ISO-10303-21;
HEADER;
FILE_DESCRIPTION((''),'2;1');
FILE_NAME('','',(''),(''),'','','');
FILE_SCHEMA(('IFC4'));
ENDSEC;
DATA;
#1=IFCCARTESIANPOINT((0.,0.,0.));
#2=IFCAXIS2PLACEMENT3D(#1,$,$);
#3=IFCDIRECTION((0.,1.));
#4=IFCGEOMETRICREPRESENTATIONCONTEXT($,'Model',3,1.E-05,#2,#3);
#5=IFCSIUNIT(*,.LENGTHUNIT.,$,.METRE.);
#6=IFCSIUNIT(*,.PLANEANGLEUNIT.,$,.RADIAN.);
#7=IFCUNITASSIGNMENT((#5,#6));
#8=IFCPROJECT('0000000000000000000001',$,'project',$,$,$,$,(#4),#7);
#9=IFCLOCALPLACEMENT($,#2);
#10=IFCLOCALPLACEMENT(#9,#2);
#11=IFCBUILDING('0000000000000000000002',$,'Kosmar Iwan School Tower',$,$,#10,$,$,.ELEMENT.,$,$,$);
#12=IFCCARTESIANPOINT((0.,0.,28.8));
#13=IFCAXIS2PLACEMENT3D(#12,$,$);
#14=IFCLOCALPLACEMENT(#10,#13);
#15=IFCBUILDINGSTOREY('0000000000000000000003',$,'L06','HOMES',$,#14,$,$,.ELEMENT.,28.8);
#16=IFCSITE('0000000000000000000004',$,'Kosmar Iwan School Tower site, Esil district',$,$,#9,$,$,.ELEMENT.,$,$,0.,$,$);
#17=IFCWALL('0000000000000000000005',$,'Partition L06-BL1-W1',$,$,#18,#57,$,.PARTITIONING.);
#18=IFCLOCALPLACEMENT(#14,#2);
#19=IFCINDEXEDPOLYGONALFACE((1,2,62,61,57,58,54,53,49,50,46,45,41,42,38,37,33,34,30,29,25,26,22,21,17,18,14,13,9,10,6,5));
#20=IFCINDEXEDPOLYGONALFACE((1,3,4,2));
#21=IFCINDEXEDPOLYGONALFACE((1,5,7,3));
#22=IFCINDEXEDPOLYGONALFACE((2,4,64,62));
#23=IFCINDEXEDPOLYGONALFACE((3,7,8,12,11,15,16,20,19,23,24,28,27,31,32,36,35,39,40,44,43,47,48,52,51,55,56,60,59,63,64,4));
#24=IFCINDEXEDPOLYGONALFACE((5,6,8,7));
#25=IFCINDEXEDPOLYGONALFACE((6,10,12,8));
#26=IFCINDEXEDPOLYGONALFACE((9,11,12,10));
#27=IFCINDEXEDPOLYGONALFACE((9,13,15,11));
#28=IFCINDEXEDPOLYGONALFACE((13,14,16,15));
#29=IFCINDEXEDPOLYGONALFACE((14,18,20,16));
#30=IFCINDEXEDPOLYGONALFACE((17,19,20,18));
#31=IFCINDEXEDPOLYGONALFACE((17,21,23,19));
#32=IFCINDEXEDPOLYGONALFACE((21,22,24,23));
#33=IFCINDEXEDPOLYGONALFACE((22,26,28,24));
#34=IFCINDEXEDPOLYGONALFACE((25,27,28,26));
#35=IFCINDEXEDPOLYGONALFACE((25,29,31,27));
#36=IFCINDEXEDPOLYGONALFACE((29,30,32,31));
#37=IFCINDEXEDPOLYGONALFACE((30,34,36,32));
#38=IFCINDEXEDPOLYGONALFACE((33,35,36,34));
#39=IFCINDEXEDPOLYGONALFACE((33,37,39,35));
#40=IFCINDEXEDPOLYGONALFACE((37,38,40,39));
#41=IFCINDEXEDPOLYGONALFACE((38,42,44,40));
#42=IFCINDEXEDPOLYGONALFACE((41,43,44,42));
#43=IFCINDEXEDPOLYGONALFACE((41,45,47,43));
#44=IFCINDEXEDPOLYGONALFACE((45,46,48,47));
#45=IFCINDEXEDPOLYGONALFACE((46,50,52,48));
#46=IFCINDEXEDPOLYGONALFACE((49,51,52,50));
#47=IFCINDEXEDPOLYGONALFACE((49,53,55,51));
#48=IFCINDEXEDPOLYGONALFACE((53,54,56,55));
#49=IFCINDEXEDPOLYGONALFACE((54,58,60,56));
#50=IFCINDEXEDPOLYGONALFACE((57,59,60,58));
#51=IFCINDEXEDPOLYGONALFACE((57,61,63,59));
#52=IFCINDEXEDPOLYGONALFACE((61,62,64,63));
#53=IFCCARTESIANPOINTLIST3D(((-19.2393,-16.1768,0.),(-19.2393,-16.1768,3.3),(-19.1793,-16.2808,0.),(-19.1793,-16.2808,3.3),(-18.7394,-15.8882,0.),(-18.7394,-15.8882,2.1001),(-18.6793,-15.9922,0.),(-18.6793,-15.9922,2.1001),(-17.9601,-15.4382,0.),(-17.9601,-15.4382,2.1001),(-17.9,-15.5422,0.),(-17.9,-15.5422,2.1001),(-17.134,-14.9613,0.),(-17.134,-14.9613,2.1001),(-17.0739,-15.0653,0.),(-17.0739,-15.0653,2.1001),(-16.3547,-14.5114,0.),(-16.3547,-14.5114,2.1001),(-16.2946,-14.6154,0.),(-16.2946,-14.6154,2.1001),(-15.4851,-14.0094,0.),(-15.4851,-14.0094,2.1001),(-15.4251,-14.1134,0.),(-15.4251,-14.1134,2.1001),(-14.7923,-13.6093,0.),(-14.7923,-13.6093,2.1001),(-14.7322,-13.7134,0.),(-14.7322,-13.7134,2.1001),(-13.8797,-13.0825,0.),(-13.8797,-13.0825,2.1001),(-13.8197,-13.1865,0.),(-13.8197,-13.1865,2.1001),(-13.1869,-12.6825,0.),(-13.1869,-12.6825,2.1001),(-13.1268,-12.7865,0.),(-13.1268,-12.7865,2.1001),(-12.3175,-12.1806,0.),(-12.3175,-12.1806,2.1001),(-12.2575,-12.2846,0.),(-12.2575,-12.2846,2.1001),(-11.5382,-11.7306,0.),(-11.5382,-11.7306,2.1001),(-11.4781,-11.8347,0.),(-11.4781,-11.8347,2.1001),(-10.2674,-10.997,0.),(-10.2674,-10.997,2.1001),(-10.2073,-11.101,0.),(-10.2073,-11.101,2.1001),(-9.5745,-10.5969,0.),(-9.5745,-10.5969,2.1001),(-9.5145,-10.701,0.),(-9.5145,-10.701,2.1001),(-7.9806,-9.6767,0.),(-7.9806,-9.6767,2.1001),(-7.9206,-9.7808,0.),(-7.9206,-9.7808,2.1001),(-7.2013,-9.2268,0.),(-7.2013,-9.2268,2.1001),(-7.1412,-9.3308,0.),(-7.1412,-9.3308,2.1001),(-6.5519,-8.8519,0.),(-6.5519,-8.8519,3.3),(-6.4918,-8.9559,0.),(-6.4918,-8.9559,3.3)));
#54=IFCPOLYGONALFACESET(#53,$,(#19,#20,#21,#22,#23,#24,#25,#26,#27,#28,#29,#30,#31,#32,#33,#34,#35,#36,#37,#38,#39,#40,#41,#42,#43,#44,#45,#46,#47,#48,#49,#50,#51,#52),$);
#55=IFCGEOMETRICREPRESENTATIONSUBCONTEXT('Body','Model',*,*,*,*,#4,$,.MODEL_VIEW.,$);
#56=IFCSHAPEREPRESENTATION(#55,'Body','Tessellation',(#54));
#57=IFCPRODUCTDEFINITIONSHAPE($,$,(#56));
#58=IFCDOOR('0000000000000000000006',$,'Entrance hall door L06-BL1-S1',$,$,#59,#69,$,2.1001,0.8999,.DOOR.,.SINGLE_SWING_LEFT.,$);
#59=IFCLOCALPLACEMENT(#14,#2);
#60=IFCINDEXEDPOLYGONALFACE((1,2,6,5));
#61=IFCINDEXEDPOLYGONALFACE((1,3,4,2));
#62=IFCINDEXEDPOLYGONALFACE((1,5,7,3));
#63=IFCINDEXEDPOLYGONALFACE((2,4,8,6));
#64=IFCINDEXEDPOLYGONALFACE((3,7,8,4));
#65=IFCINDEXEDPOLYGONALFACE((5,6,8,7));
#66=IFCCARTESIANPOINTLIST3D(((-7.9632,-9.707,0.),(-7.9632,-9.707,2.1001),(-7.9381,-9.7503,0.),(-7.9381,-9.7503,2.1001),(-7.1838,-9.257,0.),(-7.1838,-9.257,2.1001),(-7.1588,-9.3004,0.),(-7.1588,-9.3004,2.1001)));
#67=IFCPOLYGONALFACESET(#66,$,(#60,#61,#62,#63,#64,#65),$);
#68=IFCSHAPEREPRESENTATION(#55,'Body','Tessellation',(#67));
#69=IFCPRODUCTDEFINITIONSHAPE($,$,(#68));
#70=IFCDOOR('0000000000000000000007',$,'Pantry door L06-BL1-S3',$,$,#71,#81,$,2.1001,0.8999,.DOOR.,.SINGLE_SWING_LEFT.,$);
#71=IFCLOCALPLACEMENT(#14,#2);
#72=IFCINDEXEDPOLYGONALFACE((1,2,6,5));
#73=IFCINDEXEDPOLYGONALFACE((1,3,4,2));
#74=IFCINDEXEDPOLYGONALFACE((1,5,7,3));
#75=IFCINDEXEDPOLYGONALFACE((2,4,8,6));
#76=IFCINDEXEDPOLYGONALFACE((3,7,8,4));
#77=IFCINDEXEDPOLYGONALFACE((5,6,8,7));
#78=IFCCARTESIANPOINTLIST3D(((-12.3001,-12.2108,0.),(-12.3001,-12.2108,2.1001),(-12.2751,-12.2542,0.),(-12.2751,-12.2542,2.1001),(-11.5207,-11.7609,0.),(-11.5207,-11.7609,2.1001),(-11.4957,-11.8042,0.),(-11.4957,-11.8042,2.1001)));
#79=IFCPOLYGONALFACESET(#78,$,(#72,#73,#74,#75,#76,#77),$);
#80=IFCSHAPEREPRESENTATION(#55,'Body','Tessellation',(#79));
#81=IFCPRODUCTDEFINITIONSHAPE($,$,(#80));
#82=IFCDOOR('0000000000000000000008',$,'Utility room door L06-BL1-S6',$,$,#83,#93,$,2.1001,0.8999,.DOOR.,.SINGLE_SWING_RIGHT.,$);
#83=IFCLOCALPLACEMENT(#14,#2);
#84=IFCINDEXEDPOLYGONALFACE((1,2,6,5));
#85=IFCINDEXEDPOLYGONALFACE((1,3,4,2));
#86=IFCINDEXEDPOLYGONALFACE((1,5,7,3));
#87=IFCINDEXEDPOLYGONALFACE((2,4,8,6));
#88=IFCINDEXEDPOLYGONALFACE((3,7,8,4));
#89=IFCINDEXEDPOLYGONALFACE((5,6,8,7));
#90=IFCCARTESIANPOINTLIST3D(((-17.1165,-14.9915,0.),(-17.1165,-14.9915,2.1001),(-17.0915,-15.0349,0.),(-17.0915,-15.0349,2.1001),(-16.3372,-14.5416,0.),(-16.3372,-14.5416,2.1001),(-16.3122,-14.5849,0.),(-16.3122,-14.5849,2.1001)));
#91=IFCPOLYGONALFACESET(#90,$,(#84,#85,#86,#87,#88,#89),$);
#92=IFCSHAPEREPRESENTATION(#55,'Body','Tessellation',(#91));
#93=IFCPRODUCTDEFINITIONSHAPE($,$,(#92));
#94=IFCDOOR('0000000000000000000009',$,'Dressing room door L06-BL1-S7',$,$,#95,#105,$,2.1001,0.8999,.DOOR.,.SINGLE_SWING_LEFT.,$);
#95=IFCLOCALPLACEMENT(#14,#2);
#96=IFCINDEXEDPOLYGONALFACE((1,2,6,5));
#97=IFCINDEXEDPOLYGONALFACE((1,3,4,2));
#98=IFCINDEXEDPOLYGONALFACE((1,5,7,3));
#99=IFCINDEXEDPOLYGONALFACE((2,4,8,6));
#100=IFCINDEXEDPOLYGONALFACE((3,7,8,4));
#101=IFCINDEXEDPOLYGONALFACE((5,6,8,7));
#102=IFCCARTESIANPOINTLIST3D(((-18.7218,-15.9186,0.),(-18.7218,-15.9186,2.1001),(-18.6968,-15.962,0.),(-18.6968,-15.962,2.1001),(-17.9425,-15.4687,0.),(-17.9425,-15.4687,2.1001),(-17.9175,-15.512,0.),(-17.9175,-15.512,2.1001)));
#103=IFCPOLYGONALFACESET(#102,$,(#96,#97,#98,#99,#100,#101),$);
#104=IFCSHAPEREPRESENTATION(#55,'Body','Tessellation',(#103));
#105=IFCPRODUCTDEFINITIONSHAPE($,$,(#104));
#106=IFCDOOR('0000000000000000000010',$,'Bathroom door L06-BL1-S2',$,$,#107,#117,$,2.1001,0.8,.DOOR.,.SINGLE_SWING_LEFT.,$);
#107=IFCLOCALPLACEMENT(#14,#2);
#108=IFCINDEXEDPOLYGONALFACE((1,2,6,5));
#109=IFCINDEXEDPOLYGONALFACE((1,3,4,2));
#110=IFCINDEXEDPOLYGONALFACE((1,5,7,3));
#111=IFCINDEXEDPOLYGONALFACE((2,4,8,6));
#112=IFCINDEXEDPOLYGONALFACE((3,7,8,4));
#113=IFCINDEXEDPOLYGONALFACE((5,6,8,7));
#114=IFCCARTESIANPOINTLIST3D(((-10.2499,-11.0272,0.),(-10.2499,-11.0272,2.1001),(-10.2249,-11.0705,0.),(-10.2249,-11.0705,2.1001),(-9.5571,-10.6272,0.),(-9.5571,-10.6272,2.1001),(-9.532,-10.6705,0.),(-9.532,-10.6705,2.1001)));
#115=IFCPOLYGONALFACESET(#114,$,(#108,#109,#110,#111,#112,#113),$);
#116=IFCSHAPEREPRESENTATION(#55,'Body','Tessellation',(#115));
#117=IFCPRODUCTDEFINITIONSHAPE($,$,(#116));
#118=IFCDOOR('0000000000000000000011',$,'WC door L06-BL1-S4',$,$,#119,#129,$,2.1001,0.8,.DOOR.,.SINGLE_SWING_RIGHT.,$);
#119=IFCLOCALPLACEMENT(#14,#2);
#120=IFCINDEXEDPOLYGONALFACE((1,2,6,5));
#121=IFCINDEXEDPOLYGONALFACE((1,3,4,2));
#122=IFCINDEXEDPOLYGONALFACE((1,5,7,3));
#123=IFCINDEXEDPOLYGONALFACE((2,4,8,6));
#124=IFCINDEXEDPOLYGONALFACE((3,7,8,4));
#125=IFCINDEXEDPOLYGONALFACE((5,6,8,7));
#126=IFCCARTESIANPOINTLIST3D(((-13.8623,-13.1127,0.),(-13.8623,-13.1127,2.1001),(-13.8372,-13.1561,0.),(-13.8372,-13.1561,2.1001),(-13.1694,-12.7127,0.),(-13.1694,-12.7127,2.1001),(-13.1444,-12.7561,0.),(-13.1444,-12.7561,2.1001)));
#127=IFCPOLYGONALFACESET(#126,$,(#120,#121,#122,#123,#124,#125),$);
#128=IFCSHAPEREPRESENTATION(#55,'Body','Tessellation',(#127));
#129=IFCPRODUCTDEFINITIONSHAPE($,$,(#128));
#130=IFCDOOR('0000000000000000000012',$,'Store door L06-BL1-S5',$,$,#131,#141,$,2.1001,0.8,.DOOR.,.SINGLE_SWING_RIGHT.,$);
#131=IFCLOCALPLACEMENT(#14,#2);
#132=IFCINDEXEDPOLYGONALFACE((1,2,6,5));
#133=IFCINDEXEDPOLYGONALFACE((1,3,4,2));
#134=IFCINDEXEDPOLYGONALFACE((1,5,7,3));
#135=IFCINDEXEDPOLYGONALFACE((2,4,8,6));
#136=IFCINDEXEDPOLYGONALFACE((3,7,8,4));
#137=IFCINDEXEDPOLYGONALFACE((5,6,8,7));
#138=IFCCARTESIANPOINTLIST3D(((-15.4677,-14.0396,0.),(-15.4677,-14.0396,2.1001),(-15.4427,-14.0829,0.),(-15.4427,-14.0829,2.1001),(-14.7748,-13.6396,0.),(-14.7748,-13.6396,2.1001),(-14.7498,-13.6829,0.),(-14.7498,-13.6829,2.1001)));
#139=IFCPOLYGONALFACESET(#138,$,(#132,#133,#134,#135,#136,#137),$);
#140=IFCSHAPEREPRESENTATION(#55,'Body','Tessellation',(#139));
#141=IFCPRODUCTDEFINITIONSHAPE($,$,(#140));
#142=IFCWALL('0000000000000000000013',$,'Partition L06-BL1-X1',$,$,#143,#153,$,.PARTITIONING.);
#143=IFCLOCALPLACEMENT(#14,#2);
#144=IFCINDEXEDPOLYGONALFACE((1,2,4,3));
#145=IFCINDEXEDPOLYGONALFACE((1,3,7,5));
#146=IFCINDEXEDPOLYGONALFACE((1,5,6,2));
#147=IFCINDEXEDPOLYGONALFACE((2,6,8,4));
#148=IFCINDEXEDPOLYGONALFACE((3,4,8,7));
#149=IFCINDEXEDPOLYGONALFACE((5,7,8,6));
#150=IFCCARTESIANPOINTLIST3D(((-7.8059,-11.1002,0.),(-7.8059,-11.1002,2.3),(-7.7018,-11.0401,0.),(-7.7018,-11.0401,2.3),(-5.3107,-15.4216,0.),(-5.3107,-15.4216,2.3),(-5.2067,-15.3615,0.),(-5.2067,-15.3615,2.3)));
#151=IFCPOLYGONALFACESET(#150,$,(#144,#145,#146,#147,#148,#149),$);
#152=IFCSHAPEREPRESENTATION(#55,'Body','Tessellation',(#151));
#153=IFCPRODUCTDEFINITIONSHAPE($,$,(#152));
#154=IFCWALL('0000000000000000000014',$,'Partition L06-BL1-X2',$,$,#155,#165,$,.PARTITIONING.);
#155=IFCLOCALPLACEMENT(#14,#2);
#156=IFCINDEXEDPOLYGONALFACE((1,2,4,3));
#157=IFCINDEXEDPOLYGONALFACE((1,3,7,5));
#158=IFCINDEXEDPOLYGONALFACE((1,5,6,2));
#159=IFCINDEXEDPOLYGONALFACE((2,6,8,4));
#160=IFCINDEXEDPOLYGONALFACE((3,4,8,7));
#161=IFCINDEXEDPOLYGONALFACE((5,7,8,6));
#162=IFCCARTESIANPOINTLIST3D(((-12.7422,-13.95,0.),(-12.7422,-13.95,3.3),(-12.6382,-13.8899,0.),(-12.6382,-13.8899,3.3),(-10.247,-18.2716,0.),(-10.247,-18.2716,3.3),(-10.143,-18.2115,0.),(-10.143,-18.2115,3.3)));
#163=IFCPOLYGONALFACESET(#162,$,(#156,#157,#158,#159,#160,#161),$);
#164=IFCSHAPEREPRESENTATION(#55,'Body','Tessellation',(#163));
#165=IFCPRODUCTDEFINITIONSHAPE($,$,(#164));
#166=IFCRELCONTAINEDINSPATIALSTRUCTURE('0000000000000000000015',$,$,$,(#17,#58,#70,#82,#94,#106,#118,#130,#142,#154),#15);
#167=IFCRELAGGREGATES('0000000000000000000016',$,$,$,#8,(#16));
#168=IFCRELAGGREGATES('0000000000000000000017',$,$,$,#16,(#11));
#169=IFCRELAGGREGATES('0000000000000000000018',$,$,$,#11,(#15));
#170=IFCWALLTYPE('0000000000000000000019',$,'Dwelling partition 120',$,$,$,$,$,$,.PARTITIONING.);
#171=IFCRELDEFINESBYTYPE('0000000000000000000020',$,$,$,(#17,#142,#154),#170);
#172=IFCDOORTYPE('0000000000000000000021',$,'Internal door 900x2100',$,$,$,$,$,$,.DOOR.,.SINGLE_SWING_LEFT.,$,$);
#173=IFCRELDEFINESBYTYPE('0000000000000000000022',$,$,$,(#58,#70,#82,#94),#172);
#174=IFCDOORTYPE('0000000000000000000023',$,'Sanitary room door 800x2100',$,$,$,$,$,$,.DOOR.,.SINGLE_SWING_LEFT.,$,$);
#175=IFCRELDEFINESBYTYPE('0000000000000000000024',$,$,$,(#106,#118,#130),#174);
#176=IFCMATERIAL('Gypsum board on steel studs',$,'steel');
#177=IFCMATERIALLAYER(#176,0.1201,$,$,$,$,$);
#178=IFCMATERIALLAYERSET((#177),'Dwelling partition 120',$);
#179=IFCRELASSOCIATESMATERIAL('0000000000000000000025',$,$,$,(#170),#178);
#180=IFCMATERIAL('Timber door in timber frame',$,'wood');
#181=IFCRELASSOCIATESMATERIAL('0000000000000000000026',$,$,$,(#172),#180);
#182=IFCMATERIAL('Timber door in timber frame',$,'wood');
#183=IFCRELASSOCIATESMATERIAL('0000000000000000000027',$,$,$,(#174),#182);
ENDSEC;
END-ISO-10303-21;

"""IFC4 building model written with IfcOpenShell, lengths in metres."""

from ifc_helpers import new_model, si_unit, direction, frame, frame_2d, origin, place, context, subcontext, project, spatial, rectangle, extrude, material, layer, layer_set, type_object, element, fill, save


model = new_model("IFC4")

# Units and contexts
model_context = context("Model", 3, precision=1e-05, world=origin(), true_north=direction((0.0, 1.0)))
body_context = subcontext(model_context, "Body", "Model", "MODEL_VIEW")
ifc_project = project(units=[si_unit("LENGTHUNIT", "METRE"), si_unit("PLANEANGLEUNIT", "RADIAN")], contexts=[model_context])

# Site, building, storey
site_placement = place(None, origin())
site = spatial("IfcSite", under=ifc_project, at=site_placement, Name="Kosmar Iwan School Tower site, Esil district", CompositionType="ELEMENT", RefElevation=0.0)
building_placement = place(site_placement, origin())
building = spatial("IfcBuilding", under=site, at=building_placement, Name="Kosmar Iwan School Tower", CompositionType="ELEMENT")
storey_placement = place(building_placement, frame((0.0, 0.0, 28.8)))
storey = spatial("IfcBuildingStorey", under=building, at=storey_placement, Name="L06", Description="HOMES", CompositionType="ELEMENT", Elevation=28.8)

# Wall, openings, doors
ifc_material_1 = material(Name="Gypsum board on steel studs", Category="steel")
ifc_layer_1 = layer(ifc_material_1, 0.1201)
ifc_layer_set_1 = layer_set([ifc_layer_1], Name="Dwelling partition 120")
wall_type_1 = type_object("IfcWallType", Name="Dwelling partition 120", PredefinedType="PARTITIONING", material=ifc_layer_set_1)
wall_1_placement = place(storey_placement, frame((-6.5217, -8.9038, 0.0), z_axis=(0.0, 0.0, 1.0), x_axis=(-0.866031, -0.499991, 0.0)))
wall_1 = element("IfcWall", 1, at=wall_1_placement, inside=storey, type_object=wall_type_1, Name="Partition L06-BL1-W1", PredefinedType="PARTITIONING", context=body_context, shape_type="SweptSolid", body=[
    extrude(rectangle(XDim=14.6501, YDim=0.1201, at=frame_2d((7.3252, 0.0))), origin(), (0.0, 0.0, 1.0), 3.3),
])
opening_1_placement = place(wall_1_placement, frame((0.75, 0.0, 0.0)))
opening_1 = element("IfcOpeningElement", 2, at=opening_1_placement, cuts=wall_1, PredefinedType="OPENING", context=body_context, shape_type="SweptSolid", body=[
    extrude(rectangle(XDim=0.8999, YDim=2.1001, at=frame_2d((0.45, 1.05))), frame((0.0, 0.072, 0.0), z_axis=(0.0, -1.0, 0.0), x_axis=(1.0, 0.0, 0.0)), (0.0, 0.0, 1.0), 0.144),
])
opening_2_placement = place(wall_1_placement, frame((3.4905, 0.0, 0.0)))
opening_2 = element("IfcOpeningElement", 3, at=opening_2_placement, cuts=wall_1, PredefinedType="OPENING", context=body_context, shape_type="SweptSolid", body=[
    extrude(rectangle(XDim=0.8, YDim=2.1001, at=frame_2d((0.3999, 1.05))), frame((0.0, 0.072, 0.0), z_axis=(0.0, -1.0, 0.0), x_axis=(1.0, 0.0, 0.0)), (0.0, 0.0, 1.0), 0.144),
])
opening_3_placement = place(wall_1_placement, frame((5.7578, 0.0, 0.0)))
opening_3 = element("IfcOpeningElement", 4, at=opening_3_placement, cuts=wall_1, PredefinedType="OPENING", context=body_context, shape_type="SweptSolid", body=[
    extrude(rectangle(XDim=0.8999, YDim=2.1001, at=frame_2d((0.45, 1.05))), frame((0.0, 0.072, 0.0), z_axis=(0.0, -1.0, 0.0), x_axis=(1.0, 0.0, 0.0)), (0.0, 0.0, 1.0), 0.144),
])
opening_4_placement = place(wall_1_placement, frame((7.6616, 0.0, 0.0)))
opening_4 = element("IfcOpeningElement", 5, at=opening_4_placement, cuts=wall_1, PredefinedType="OPENING", context=body_context, shape_type="SweptSolid", body=[
    extrude(rectangle(XDim=0.8, YDim=2.1001, at=frame_2d((0.3999, 1.05))), frame((0.0, 0.072, 0.0), z_axis=(0.0, -1.0, 0.0), x_axis=(1.0, 0.0, 0.0)), (0.0, 0.0, 1.0), 0.144),
])
opening_5_placement = place(wall_1_placement, frame((9.5154, 0.0, 0.0)))
opening_5 = element("IfcOpeningElement", 6, at=opening_5_placement, cuts=wall_1, PredefinedType="OPENING", context=body_context, shape_type="SweptSolid", body=[
    extrude(rectangle(XDim=0.8, YDim=2.1001, at=frame_2d((0.3999, 1.05))), frame((0.0, 0.072, 0.0), z_axis=(0.0, -1.0, 0.0), x_axis=(1.0, 0.0, 0.0)), (0.0, 0.0, 1.0), 0.144),
])
opening_6_placement = place(wall_1_placement, frame((11.3193, 0.0, 0.0)))
opening_6 = element("IfcOpeningElement", 7, at=opening_6_placement, cuts=wall_1, PredefinedType="OPENING", context=body_context, shape_type="SweptSolid", body=[
    extrude(rectangle(XDim=0.8999, YDim=2.1001, at=frame_2d((0.45, 1.05))), frame((0.0, 0.072, 0.0), z_axis=(0.0, -1.0, 0.0), x_axis=(1.0, 0.0, 0.0)), (0.0, 0.0, 1.0), 0.144),
])
opening_7_placement = place(wall_1_placement, frame((13.1731, 0.0, 0.0)))
opening_7 = element("IfcOpeningElement", 8, at=opening_7_placement, cuts=wall_1, PredefinedType="OPENING", context=body_context, shape_type="SweptSolid", body=[
    extrude(rectangle(XDim=0.8999, YDim=2.1001, at=frame_2d((0.45, 1.05))), frame((0.0, 0.072, 0.0), z_axis=(0.0, -1.0, 0.0), x_axis=(1.0, 0.0, 0.0)), (0.0, 0.0, 1.0), 0.144),
])
ifc_material_2 = material(Name="Timber door in timber frame", Category="wood")
door_type_1 = type_object("IfcDoorType", Name="Internal door 900x2100", OperationType="SINGLE_SWING_LEFT", PredefinedType="DOOR", material=ifc_material_2)
door_1_placement = place(opening_1_placement, origin())
door_1 = element("IfcDoor", 9, at=door_1_placement, inside=storey, type_object=door_type_1, Name="Entrance hall door L06-BL1-S1", OperationType="SINGLE_SWING_LEFT", OverallHeight=2.1001, OverallWidth=0.8999, PredefinedType="DOOR", context=body_context, shape_type="SweptSolid", body=[
    extrude(rectangle(XDim=0.8999, YDim=2.1001, at=frame_2d((0.45, 1.05))), frame((0.0, 0.0249, 0.0), z_axis=(0.0, -1.0, 0.0), x_axis=(1.0, 0.0, 0.0)), (0.0, 0.0, 1.0), 0.05),
])
fill(opening_1, door_1)
door_2_placement = place(opening_3_placement, origin())
door_2 = element("IfcDoor", 10, at=door_2_placement, inside=storey, type_object=door_type_1, Name="Pantry door L06-BL1-S3", OperationType="SINGLE_SWING_LEFT", OverallHeight=2.1001, OverallWidth=0.8999, PredefinedType="DOOR", context=body_context, shape_type="SweptSolid", body=[
    extrude(rectangle(XDim=0.8999, YDim=2.1001, at=frame_2d((0.45, 1.05))), frame((0.0, 0.0249, 0.0), z_axis=(0.0, -1.0, 0.0), x_axis=(1.0, 0.0, 0.0)), (0.0, 0.0, 1.0), 0.05),
])
fill(opening_3, door_2)
door_3_placement = place(opening_6_placement, origin())
door_3 = element("IfcDoor", 11, at=door_3_placement, inside=storey, type_object=door_type_1, Name="Utility room door L06-BL1-S6", OperationType="SINGLE_SWING_RIGHT", OverallHeight=2.1001, OverallWidth=0.8999, PredefinedType="DOOR", context=body_context, shape_type="SweptSolid", body=[
    extrude(rectangle(XDim=0.8999, YDim=2.1001, at=frame_2d((0.45, 1.05))), frame((0.0, 0.0249, 0.0), z_axis=(0.0, -1.0, 0.0), x_axis=(1.0, 0.0, 0.0)), (0.0, 0.0, 1.0), 0.05),
])
fill(opening_6, door_3)
door_4_placement = place(opening_7_placement, frame((0.8999, 0.0, 0.0), z_axis=(0.0, 0.0, 1.0), x_axis=(-1.0, 0.0, 0.0)))
door_4 = element("IfcDoor", 12, at=door_4_placement, inside=storey, type_object=door_type_1, Name="Dressing room door L06-BL1-S7", OperationType="SINGLE_SWING_LEFT", OverallHeight=2.1001, OverallWidth=0.8999, PredefinedType="DOOR", context=body_context, shape_type="SweptSolid", body=[
    extrude(rectangle(XDim=0.8999, YDim=2.1001, at=frame_2d((0.45, 1.05))), frame((0.0, 0.0249, 0.0), z_axis=(0.0, -1.0, 0.0), x_axis=(1.0, 0.0, 0.0)), (0.0, 0.0, 1.0), 0.05),
])
fill(opening_7, door_4)
ifc_material_3 = material(Name="Timber door in timber frame", Category="wood")
door_type_2 = type_object("IfcDoorType", Name="Sanitary room door 800x2100", OperationType="SINGLE_SWING_LEFT", PredefinedType="DOOR", material=ifc_material_3)
door_5_placement = place(opening_2_placement, origin())
door_5 = element("IfcDoor", 13, at=door_5_placement, inside=storey, type_object=door_type_2, Name="Bathroom door L06-BL1-S2", OperationType="SINGLE_SWING_LEFT", OverallHeight=2.1001, OverallWidth=0.8, PredefinedType="DOOR", context=body_context, shape_type="SweptSolid", body=[
    extrude(rectangle(XDim=0.8, YDim=2.1001, at=frame_2d((0.3999, 1.05))), frame((0.0, 0.0249, 0.0), z_axis=(0.0, -1.0, 0.0), x_axis=(1.0, 0.0, 0.0)), (0.0, 0.0, 1.0), 0.05),
])
fill(opening_2, door_5)
door_6_placement = place(opening_4_placement, origin())
door_6 = element("IfcDoor", 14, at=door_6_placement, inside=storey, type_object=door_type_2, Name="WC door L06-BL1-S4", OperationType="SINGLE_SWING_RIGHT", OverallHeight=2.1001, OverallWidth=0.8, PredefinedType="DOOR", context=body_context, shape_type="SweptSolid", body=[
    extrude(rectangle(XDim=0.8, YDim=2.1001, at=frame_2d((0.3999, 1.05))), frame((0.0, 0.0249, 0.0), z_axis=(0.0, -1.0, 0.0), x_axis=(1.0, 0.0, 0.0)), (0.0, 0.0, 1.0), 0.05),
])
fill(opening_4, door_6)
door_7_placement = place(opening_5_placement, origin())
door_7 = element("IfcDoor", 15, at=door_7_placement, inside=storey, type_object=door_type_2, Name="Store door L06-BL1-S5", OperationType="SINGLE_SWING_RIGHT", OverallHeight=2.1001, OverallWidth=0.8, PredefinedType="DOOR", context=body_context, shape_type="SweptSolid", body=[
    extrude(rectangle(XDim=0.8, YDim=2.1001, at=frame_2d((0.3999, 1.05))), frame((0.0, 0.0249, 0.0), z_axis=(0.0, -1.0, 0.0), x_axis=(1.0, 0.0, 0.0)), (0.0, 0.0, 1.0), 0.05),
])
fill(opening_5, door_7)

# Walls
wall_2_placement = place(storey_placement, frame((-7.7539, -11.0701, 0.0), z_axis=(0.0, 0.0, 1.0), x_axis=(0.500033, -0.866006, 0.0)))
element("IfcWall", 16, at=wall_2_placement, inside=storey, type_object=wall_type_1, Name="Partition L06-BL1-X1", PredefinedType="PARTITIONING", context=body_context, shape_type="SweptSolid", body=[
    extrude(rectangle(XDim=4.99, YDim=0.1201, at=frame_2d((2.4951, 0.0))), origin(), (0.0, 0.0, 1.0), 2.3),
])
wall_3_placement = place(storey_placement, frame((-12.6902, -13.9199, 0.0), z_axis=(0.0, 0.0, 1.0), x_axis=(0.500012, -0.866019, 0.0)))
element("IfcWall", 17, at=wall_3_placement, inside=storey, type_object=wall_type_1, Name="Partition L06-BL1-X2", PredefinedType="PARTITIONING", context=body_context, shape_type="SweptSolid", body=[
    extrude(rectangle(XDim=4.9902, YDim=0.1201, at=frame_2d((2.4951, 0.0))), origin(), (0.0, 0.0, 1.0), 3.3),
])

save(model, "model.ifc")
